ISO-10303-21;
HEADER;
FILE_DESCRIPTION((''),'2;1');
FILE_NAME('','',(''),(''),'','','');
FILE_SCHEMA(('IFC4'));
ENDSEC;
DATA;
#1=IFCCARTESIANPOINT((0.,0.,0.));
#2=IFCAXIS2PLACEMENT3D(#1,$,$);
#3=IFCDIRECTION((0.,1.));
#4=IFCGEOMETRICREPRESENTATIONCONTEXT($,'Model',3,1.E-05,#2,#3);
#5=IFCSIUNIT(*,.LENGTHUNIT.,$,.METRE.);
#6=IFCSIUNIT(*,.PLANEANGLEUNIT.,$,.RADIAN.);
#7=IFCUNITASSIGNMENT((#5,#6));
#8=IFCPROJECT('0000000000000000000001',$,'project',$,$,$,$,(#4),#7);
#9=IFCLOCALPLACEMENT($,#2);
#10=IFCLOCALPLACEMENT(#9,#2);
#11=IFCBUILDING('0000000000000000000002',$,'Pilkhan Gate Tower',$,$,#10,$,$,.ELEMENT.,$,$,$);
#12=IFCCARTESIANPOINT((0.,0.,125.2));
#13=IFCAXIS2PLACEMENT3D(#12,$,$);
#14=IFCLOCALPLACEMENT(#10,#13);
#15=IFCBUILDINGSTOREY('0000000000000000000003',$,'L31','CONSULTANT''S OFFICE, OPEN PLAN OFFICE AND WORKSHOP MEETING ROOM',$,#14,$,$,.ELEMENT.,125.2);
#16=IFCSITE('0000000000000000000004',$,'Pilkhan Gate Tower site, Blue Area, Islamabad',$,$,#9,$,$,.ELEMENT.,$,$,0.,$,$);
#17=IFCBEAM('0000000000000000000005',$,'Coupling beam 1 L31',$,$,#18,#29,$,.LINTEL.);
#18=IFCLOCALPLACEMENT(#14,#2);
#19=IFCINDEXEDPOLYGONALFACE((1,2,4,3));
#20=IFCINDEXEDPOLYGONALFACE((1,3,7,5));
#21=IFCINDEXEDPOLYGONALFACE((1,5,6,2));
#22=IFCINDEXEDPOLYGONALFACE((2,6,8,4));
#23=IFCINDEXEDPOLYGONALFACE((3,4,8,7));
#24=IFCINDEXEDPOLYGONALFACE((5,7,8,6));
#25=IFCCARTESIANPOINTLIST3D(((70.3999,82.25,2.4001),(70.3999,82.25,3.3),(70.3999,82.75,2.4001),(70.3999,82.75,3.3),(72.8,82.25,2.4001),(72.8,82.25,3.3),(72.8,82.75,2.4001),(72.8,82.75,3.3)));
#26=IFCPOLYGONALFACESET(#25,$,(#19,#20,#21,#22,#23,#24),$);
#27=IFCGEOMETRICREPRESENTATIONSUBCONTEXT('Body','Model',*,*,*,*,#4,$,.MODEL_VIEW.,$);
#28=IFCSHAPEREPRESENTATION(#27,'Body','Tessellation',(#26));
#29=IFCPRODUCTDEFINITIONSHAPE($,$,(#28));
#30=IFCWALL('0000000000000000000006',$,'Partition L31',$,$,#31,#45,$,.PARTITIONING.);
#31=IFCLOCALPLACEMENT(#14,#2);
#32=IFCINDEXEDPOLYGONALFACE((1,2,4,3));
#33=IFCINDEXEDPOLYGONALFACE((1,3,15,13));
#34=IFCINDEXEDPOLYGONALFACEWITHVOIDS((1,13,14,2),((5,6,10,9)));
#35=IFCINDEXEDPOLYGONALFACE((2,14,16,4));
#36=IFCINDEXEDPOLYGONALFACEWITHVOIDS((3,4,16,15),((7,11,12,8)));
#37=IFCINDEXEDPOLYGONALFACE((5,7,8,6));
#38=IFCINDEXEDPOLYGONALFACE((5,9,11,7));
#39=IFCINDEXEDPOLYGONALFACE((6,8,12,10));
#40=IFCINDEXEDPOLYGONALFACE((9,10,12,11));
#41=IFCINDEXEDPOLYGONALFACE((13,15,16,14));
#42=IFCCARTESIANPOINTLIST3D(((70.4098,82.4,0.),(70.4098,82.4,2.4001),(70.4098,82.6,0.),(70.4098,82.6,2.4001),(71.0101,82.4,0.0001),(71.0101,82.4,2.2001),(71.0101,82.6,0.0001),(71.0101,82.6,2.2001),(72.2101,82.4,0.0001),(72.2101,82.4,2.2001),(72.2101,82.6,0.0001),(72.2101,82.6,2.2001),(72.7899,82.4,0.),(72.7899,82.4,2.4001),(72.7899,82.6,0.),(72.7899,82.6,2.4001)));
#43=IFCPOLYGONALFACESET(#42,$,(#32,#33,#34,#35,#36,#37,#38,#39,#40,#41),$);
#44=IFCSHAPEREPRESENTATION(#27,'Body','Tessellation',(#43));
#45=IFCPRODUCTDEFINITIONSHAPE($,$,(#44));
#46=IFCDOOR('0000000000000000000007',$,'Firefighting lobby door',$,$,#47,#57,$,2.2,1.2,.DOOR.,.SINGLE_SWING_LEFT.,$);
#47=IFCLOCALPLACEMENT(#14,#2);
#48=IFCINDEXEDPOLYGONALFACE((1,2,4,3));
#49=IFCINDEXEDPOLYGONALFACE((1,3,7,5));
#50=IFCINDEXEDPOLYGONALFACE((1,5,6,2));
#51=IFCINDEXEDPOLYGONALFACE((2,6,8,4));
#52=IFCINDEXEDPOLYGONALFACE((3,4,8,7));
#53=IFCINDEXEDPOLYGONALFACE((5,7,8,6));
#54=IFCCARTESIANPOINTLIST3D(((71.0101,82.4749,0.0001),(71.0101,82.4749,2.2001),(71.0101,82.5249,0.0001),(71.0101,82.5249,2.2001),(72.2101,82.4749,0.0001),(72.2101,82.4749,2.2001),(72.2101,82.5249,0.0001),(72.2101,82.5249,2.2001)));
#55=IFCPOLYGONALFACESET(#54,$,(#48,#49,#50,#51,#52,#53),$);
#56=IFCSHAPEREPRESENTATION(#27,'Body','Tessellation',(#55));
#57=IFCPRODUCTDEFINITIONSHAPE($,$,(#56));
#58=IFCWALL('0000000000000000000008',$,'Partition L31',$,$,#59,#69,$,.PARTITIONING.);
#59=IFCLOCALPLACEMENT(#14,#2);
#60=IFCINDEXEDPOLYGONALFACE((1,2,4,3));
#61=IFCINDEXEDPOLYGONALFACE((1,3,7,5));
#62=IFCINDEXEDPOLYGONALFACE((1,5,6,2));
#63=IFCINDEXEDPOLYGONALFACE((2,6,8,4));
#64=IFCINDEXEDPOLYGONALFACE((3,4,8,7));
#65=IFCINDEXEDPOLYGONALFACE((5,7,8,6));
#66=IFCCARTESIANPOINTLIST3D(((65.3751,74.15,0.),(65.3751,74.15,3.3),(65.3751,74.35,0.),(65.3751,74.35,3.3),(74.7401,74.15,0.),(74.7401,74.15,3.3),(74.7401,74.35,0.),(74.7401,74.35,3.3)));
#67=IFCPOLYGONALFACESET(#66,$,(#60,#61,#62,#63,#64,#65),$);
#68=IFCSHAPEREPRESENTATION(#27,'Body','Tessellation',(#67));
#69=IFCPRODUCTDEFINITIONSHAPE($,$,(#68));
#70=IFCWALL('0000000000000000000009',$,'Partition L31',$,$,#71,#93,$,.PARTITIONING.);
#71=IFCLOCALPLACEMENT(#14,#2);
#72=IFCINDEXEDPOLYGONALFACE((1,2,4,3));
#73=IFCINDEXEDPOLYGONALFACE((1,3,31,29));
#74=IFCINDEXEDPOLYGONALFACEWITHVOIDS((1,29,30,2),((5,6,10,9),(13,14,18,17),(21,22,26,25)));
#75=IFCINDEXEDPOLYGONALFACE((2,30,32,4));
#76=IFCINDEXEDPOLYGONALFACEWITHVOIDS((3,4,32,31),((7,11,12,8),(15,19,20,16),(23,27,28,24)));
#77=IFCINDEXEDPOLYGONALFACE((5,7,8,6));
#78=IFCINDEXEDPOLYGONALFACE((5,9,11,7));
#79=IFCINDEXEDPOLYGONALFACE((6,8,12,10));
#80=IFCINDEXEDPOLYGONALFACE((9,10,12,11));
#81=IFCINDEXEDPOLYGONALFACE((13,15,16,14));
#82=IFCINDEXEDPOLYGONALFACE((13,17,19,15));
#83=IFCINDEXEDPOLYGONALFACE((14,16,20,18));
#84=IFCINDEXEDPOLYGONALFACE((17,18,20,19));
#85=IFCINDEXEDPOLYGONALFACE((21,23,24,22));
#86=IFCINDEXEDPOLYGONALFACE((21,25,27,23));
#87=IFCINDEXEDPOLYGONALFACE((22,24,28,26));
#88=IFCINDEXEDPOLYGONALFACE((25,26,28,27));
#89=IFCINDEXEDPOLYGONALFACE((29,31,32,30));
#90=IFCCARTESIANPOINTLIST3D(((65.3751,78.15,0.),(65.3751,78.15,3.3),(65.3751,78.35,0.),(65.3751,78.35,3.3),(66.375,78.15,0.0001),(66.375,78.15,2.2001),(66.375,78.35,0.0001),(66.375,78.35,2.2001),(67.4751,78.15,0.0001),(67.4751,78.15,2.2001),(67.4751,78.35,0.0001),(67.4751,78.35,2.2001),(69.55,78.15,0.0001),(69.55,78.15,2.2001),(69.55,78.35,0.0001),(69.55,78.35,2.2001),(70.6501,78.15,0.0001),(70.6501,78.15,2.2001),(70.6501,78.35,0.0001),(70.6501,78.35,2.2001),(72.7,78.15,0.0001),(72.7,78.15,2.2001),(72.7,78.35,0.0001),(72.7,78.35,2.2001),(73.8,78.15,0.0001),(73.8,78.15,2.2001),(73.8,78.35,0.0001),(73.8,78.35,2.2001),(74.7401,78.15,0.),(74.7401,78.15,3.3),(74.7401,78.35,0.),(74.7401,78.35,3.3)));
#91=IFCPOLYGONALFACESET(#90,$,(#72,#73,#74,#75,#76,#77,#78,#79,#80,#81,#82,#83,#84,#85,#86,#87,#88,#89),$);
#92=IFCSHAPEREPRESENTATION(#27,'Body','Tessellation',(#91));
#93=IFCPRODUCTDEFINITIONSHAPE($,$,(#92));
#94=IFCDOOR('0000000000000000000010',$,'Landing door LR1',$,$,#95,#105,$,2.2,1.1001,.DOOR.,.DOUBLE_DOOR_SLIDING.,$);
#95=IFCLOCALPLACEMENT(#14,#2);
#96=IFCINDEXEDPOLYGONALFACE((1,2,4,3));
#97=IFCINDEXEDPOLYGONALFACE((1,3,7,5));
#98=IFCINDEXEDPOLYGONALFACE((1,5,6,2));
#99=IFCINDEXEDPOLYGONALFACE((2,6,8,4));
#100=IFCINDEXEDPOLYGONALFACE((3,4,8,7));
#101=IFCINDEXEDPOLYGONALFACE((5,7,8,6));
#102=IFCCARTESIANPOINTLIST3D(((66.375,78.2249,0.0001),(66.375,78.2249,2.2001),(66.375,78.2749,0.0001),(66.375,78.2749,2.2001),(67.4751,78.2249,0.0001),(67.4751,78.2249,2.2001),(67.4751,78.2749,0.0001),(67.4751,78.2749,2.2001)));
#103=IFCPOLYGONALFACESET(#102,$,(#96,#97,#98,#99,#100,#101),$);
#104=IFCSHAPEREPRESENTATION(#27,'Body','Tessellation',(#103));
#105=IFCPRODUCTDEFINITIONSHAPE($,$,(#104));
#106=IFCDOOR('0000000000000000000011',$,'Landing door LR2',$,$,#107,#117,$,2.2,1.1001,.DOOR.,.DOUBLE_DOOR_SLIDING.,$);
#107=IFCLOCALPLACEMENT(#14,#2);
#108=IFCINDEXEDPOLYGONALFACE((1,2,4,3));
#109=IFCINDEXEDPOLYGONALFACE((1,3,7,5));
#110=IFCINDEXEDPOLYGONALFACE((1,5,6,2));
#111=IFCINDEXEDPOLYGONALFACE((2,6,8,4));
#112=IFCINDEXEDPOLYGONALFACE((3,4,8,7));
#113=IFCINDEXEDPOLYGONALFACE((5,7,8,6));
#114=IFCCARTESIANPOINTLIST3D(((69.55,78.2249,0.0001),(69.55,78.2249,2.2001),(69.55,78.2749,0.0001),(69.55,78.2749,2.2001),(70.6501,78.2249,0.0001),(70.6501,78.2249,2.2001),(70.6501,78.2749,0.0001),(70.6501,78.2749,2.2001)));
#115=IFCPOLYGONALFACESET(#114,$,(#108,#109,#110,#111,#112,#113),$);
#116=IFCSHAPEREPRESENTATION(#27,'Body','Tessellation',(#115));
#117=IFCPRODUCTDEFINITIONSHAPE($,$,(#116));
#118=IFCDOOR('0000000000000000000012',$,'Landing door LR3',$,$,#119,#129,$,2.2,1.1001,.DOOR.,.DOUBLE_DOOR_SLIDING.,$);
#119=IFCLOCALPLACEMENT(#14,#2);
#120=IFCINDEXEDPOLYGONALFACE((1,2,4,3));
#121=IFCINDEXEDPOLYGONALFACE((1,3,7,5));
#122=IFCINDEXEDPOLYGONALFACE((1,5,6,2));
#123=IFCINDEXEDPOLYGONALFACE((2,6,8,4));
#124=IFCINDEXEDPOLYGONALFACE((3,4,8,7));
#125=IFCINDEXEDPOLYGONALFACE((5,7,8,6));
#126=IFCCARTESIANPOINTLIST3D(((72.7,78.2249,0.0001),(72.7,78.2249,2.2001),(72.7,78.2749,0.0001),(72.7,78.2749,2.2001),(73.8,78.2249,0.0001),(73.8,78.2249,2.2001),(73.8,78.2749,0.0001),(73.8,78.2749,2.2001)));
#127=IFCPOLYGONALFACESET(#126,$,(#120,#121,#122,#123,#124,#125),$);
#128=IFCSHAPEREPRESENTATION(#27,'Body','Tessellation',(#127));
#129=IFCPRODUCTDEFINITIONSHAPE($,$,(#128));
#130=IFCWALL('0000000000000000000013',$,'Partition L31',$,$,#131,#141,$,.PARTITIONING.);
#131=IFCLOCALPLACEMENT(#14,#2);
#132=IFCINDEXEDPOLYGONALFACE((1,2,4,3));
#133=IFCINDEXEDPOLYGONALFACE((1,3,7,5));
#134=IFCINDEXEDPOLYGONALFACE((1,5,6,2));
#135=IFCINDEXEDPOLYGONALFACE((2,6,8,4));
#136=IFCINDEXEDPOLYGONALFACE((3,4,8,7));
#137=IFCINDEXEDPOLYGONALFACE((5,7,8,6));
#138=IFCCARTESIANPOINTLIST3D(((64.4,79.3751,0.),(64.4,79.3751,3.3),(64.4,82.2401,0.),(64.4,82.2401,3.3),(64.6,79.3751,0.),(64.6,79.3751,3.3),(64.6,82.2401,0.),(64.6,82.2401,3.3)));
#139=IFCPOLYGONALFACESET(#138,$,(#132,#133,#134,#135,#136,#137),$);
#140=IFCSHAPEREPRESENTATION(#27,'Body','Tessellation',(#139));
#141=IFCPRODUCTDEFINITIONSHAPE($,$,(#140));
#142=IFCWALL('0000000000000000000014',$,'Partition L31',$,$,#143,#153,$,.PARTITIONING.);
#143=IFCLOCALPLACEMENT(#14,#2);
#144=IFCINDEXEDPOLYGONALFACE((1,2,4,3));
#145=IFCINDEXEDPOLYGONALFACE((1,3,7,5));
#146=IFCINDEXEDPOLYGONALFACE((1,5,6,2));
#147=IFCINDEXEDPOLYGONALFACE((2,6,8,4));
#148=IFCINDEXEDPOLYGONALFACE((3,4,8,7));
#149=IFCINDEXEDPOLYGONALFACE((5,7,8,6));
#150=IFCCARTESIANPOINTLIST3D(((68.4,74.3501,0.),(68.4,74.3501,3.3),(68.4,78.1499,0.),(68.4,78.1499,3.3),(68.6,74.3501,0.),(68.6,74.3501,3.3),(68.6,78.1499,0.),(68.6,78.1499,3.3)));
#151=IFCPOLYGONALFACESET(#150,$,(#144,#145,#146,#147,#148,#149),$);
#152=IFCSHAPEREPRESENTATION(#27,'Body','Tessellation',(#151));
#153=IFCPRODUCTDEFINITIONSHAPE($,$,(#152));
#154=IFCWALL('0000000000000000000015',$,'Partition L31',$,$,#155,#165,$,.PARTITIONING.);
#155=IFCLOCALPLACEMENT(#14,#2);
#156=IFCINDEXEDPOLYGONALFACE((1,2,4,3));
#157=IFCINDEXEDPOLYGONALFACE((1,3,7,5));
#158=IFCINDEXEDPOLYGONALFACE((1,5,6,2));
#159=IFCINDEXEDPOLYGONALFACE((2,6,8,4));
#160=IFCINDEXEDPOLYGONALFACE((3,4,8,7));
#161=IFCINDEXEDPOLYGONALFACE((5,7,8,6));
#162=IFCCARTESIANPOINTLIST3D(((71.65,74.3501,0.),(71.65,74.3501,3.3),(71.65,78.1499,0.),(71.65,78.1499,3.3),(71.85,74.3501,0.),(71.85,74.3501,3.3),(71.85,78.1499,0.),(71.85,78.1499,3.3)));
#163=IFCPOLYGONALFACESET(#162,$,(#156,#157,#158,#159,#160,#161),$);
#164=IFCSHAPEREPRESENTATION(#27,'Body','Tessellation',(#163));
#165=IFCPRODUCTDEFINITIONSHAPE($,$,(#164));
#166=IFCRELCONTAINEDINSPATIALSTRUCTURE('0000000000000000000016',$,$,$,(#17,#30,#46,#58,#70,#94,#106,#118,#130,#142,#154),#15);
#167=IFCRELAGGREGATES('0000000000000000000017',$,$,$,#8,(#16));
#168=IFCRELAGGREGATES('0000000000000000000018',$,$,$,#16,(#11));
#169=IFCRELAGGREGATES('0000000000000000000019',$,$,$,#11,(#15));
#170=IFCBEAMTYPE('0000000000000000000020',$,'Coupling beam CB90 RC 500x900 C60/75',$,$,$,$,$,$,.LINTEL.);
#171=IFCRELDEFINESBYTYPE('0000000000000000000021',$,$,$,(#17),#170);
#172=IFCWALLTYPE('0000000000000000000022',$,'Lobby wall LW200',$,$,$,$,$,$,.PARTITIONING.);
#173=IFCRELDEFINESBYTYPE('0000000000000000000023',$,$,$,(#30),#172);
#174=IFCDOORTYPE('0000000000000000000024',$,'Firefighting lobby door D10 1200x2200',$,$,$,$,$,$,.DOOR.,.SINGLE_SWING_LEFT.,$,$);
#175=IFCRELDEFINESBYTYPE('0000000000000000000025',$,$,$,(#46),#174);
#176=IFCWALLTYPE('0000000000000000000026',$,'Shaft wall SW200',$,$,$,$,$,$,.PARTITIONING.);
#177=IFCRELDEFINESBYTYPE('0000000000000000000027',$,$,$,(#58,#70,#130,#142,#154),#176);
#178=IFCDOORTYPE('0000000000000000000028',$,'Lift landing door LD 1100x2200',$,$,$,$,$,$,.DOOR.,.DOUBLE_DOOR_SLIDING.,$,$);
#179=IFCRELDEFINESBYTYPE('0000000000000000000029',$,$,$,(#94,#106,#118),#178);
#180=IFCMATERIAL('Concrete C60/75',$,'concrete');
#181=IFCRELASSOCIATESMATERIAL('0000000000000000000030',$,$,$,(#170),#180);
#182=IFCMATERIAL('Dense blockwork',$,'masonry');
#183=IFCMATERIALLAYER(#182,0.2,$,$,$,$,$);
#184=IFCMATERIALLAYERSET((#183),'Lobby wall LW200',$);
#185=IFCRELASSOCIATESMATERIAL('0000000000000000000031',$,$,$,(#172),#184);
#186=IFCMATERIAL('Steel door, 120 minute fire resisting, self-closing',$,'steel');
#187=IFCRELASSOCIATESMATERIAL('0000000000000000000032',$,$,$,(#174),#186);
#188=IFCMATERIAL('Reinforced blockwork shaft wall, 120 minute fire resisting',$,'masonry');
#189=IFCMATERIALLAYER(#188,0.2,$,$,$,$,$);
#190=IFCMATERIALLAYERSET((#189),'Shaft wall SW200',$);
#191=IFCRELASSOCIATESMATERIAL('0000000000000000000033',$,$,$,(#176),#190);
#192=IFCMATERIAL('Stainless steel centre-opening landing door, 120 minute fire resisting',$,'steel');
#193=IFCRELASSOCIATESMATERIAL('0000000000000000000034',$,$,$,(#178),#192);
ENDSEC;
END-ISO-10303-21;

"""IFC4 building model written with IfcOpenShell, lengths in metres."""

from ifc_helpers import new_model, si_unit, direction, frame, frame_2d, origin, origin_2d, place, context, subcontext, project, spatial, rectangle, extrude, material, layer, layer_set, material_profile, profile_set, type_object, element, fill, save


model = new_model("IFC4")

# Units and contexts
model_context = context("Model", 3, precision=1e-05, world=origin(), true_north=direction((0.0, 1.0)))
body_context = subcontext(model_context, "Body", "Model", "MODEL_VIEW")
ifc_project = project(units=[si_unit("LENGTHUNIT", "METRE"), si_unit("PLANEANGLEUNIT", "RADIAN")], contexts=[model_context])

# Site, building, storey
site_placement = place(None, origin())
site = spatial("IfcSite", under=ifc_project, at=site_placement, Name="Pilkhan Gate Tower site, Blue Area, Islamabad", CompositionType="ELEMENT", RefElevation=0.0)
building_placement = place(site_placement, origin())
building = spatial("IfcBuilding", under=site, at=building_placement, Name="Pilkhan Gate Tower", CompositionType="ELEMENT")
storey_placement = place(building_placement, frame((0.0, 0.0, 125.2)))
storey = spatial("IfcBuildingStorey", under=building, at=storey_placement, Name="L31", Description="CONSULTANT'S OFFICE, OPEN PLAN OFFICE AND WORKSHOP MEETING ROOM", CompositionType="ELEMENT", Elevation=125.2)

# Beam
ifc_material_1 = material(Name="Concrete C60/75", Category="concrete")
ifc_material_profile = material_profile(ifc_material_1, rectangle(XDim=0.5, YDim=0.8999, at=origin_2d()), Name="RC 500x900")
ifc_profile_set = profile_set([ifc_material_profile], Name="Concrete C60/75")
beam_type = type_object("IfcBeamType", Name="Coupling beam CB90 RC 500x900 C60/75", PredefinedType="LINTEL", material=ifc_profile_set)
beam_placement = place(storey_placement, frame((70.3999, 82.5, 2.8501), z_axis=(1.0, 0.0, 0.0), x_axis=(0.0, 1.0, 0.0)))
element("IfcBeam", 1, at=beam_placement, inside=storey, type_object=beam_type, Name="Coupling beam 1 L31", PredefinedType="LINTEL", context=body_context, shape_type="SweptSolid", body=[
    extrude(rectangle(XDim=0.5, YDim=0.8999, at=origin_2d()), origin(), (0.0, 0.0, 1.0), 2.4001),
])

# Wall, opening, door
ifc_material_2 = material(Name="Dense blockwork", Category="masonry")
ifc_layer_1 = layer(ifc_material_2, 0.2)
ifc_layer_set_1 = layer_set([ifc_layer_1], Name="Lobby wall LW200")
wall_type_1 = type_object("IfcWallType", Name="Lobby wall LW200", PredefinedType="PARTITIONING", material=ifc_layer_set_1)
wall_1_placement = place(storey_placement, frame((70.4099, 82.5, 0.0), z_axis=(0.0, 0.0, 1.0), x_axis=(1.0, 0.0, 0.0)))
wall_1 = element("IfcWall", 2, at=wall_1_placement, inside=storey, type_object=wall_type_1, Name="Partition L31", PredefinedType="PARTITIONING", context=body_context, shape_type="SweptSolid", body=[
    extrude(rectangle(XDim=2.3801, YDim=0.2, at=frame_2d((1.1899, 0.0))), origin(), (0.0, 0.0, 1.0), 2.4001),
])
opening_1_placement = place(wall_1_placement, frame((0.6001, 0.0, 0.0)))
opening_1 = element("IfcOpeningElement", 3, at=opening_1_placement, cuts=wall_1, PredefinedType="OPENING", context=body_context, shape_type="SweptSolid", body=[
    extrude(rectangle(XDim=1.2, YDim=2.2, at=frame_2d((0.6001, 1.1001))), frame((0.0, 0.1099, 0.0), z_axis=(0.0, -1.0, 0.0), x_axis=(1.0, 0.0, 0.0)), (0.0, 0.0, 1.0), 0.22),
])
ifc_material_3 = material(Name="Steel door, 120 minute fire resisting, self-closing", Category="steel")
door_type_1 = type_object("IfcDoorType", Name="Firefighting lobby door D10 1200x2200", OperationType="SINGLE_SWING_LEFT", PredefinedType="DOOR", material=ifc_material_3)
door_1_placement = place(opening_1_placement, origin())
door_1 = element("IfcDoor", 4, at=door_1_placement, inside=storey, type_object=door_type_1, Name="Firefighting lobby door", OperationType="SINGLE_SWING_LEFT", OverallHeight=2.2, OverallWidth=1.2, PredefinedType="DOOR", context=body_context, shape_type="SweptSolid", body=[
    extrude(rectangle(XDim=1.2, YDim=2.2, at=frame_2d((0.6001, 1.1001))), frame((0.0, 0.0249, 0.0), z_axis=(0.0, -1.0, 0.0), x_axis=(1.0, 0.0, 0.0)), (0.0, 0.0, 1.0), 0.05),
])
fill(opening_1, door_1)

# Wall
ifc_material_4 = material(Name="Reinforced blockwork shaft wall, 120 minute fire resisting", Category="masonry")
ifc_layer_2 = layer(ifc_material_4, 0.2)
ifc_layer_set_2 = layer_set([ifc_layer_2], Name="Shaft wall SW200")
wall_type_2 = type_object("IfcWallType", Name="Shaft wall SW200", PredefinedType="PARTITIONING", material=ifc_layer_set_2)
wall_2_placement = place(storey_placement, frame((65.375, 74.25, 0.0), z_axis=(0.0, 0.0, 1.0), x_axis=(1.0, 0.0, 0.0)))
element("IfcWall", 5, at=wall_2_placement, inside=storey, type_object=wall_type_2, Name="Partition L31", PredefinedType="PARTITIONING", context=body_context, shape_type="SweptSolid", body=[
    extrude(rectangle(XDim=9.365, YDim=0.2, at=frame_2d((4.6826, 0.0))), origin(), (0.0, 0.0, 1.0), 3.3),
])

# Wall, openings, doors
wall_3_placement = place(storey_placement, frame((65.375, 78.25, 0.0), z_axis=(0.0, 0.0, 1.0), x_axis=(1.0, 0.0, 0.0)))
wall_3 = element("IfcWall", 6, at=wall_3_placement, inside=storey, type_object=wall_type_2, Name="Partition L31", PredefinedType="PARTITIONING", context=body_context, shape_type="SweptSolid", body=[
    extrude(rectangle(XDim=9.365, YDim=0.2, at=frame_2d((4.6826, 0.0))), origin(), (0.0, 0.0, 1.0), 3.3),
])
opening_2_placement = place(wall_3_placement, frame((1.0, 0.0, 0.0)))
opening_2 = element("IfcOpeningElement", 7, at=opening_2_placement, cuts=wall_3, PredefinedType="OPENING", context=body_context, shape_type="SweptSolid", body=[
    extrude(rectangle(XDim=1.1001, YDim=2.2, at=frame_2d((0.55, 1.1001))), frame((0.0, 0.1099, 0.0), z_axis=(0.0, -1.0, 0.0), x_axis=(1.0, 0.0, 0.0)), (0.0, 0.0, 1.0), 0.22),
])
opening_3_placement = place(wall_3_placement, frame((4.175, 0.0, 0.0)))
opening_3 = element("IfcOpeningElement", 8, at=opening_3_placement, cuts=wall_3, PredefinedType="OPENING", context=body_context, shape_type="SweptSolid", body=[
    extrude(rectangle(XDim=1.1001, YDim=2.2, at=frame_2d((0.55, 1.1001))), frame((0.0, 0.1099, 0.0), z_axis=(0.0, -1.0, 0.0), x_axis=(1.0, 0.0, 0.0)), (0.0, 0.0, 1.0), 0.22),
])
opening_4_placement = place(wall_3_placement, frame((7.325, 0.0, 0.0)))
opening_4 = element("IfcOpeningElement", 9, at=opening_4_placement, cuts=wall_3, PredefinedType="OPENING", context=body_context, shape_type="SweptSolid", body=[
    extrude(rectangle(XDim=1.1001, YDim=2.2, at=frame_2d((0.55, 1.1001))), frame((0.0, 0.1099, 0.0), z_axis=(0.0, -1.0, 0.0), x_axis=(1.0, 0.0, 0.0)), (0.0, 0.0, 1.0), 0.22),
])
ifc_material_5 = material(Name="Stainless steel centre-opening landing door, 120 minute fire resisting", Category="steel")
door_type_2 = type_object("IfcDoorType", Name="Lift landing door LD 1100x2200", OperationType="DOUBLE_DOOR_SLIDING", PredefinedType="DOOR", material=ifc_material_5)
door_2_placement = place(opening_2_placement, origin())
door_2 = element("IfcDoor", 10, at=door_2_placement, inside=storey, type_object=door_type_2, Name="Landing door LR1", OperationType="DOUBLE_DOOR_SLIDING", OverallHeight=2.2, OverallWidth=1.1001, PredefinedType="DOOR", context=body_context, shape_type="SweptSolid", body=[
    extrude(rectangle(XDim=1.1001, YDim=2.2, at=frame_2d((0.55, 1.1001))), frame((0.0, 0.0249, 0.0), z_axis=(0.0, -1.0, 0.0), x_axis=(1.0, 0.0, 0.0)), (0.0, 0.0, 1.0), 0.05),
])
fill(opening_2, door_2)
door_3_placement = place(opening_3_placement, origin())
door_3 = element("IfcDoor", 11, at=door_3_placement, inside=storey, type_object=door_type_2, Name="Landing door LR2", OperationType="DOUBLE_DOOR_SLIDING", OverallHeight=2.2, OverallWidth=1.1001, PredefinedType="DOOR", context=body_context, shape_type="SweptSolid", body=[
    extrude(rectangle(XDim=1.1001, YDim=2.2, at=frame_2d((0.55, 1.1001))), frame((0.0, 0.0249, 0.0), z_axis=(0.0, -1.0, 0.0), x_axis=(1.0, 0.0, 0.0)), (0.0, 0.0, 1.0), 0.05),
])
fill(opening_3, door_3)
door_4_placement = place(opening_4_placement, origin())
door_4 = element("IfcDoor", 12, at=door_4_placement, inside=storey, type_object=door_type_2, Name="Landing door LR3", OperationType="DOUBLE_DOOR_SLIDING", OverallHeight=2.2, OverallWidth=1.1001, PredefinedType="DOOR", context=body_context, shape_type="SweptSolid", body=[
    extrude(rectangle(XDim=1.1001, YDim=2.2, at=frame_2d((0.55, 1.1001))), frame((0.0, 0.0249, 0.0), z_axis=(0.0, -1.0, 0.0), x_axis=(1.0, 0.0, 0.0)), (0.0, 0.0, 1.0), 0.05),
])
fill(opening_4, door_4)

# Walls
wall_4_placement = place(storey_placement, frame((64.5, 79.375, 0.0), z_axis=(0.0, 0.0, 1.0), x_axis=(0.0, 1.0, 0.0)))
element("IfcWall", 13, at=wall_4_placement, inside=storey, type_object=wall_type_2, Name="Partition L31", PredefinedType="PARTITIONING", context=body_context, shape_type="SweptSolid", body=[
    extrude(rectangle(XDim=2.865, YDim=0.2, at=frame_2d((1.4326, 0.0))), origin(), (0.0, 0.0, 1.0), 3.3),
])
for number, where, z_axis, x_axis, name in (
    (14, (68.5, 74.3501, 0.0), (0.0, 0.0, 1.0), (0.0, 1.0, 0.0), "Partition L31"),
    (15, (71.75, 74.3501, 0.0), (0.0, 0.0, 1.0), (0.0, 1.0, 0.0), "Partition L31"),
):
    element("IfcWall", number, at=place(storey_placement, frame(where, z_axis=z_axis, x_axis=x_axis)), inside=storey, type_object=wall_type_2, Name=name, PredefinedType="PARTITIONING", context=body_context, shape_type="SweptSolid", body=[
        extrude(rectangle(XDim=3.7998, YDim=0.2, at=frame_2d((1.8999, 0.0))), origin(), (0.0, 0.0, 1.0), 3.3),
    ])

save(model, "model.ifc")
